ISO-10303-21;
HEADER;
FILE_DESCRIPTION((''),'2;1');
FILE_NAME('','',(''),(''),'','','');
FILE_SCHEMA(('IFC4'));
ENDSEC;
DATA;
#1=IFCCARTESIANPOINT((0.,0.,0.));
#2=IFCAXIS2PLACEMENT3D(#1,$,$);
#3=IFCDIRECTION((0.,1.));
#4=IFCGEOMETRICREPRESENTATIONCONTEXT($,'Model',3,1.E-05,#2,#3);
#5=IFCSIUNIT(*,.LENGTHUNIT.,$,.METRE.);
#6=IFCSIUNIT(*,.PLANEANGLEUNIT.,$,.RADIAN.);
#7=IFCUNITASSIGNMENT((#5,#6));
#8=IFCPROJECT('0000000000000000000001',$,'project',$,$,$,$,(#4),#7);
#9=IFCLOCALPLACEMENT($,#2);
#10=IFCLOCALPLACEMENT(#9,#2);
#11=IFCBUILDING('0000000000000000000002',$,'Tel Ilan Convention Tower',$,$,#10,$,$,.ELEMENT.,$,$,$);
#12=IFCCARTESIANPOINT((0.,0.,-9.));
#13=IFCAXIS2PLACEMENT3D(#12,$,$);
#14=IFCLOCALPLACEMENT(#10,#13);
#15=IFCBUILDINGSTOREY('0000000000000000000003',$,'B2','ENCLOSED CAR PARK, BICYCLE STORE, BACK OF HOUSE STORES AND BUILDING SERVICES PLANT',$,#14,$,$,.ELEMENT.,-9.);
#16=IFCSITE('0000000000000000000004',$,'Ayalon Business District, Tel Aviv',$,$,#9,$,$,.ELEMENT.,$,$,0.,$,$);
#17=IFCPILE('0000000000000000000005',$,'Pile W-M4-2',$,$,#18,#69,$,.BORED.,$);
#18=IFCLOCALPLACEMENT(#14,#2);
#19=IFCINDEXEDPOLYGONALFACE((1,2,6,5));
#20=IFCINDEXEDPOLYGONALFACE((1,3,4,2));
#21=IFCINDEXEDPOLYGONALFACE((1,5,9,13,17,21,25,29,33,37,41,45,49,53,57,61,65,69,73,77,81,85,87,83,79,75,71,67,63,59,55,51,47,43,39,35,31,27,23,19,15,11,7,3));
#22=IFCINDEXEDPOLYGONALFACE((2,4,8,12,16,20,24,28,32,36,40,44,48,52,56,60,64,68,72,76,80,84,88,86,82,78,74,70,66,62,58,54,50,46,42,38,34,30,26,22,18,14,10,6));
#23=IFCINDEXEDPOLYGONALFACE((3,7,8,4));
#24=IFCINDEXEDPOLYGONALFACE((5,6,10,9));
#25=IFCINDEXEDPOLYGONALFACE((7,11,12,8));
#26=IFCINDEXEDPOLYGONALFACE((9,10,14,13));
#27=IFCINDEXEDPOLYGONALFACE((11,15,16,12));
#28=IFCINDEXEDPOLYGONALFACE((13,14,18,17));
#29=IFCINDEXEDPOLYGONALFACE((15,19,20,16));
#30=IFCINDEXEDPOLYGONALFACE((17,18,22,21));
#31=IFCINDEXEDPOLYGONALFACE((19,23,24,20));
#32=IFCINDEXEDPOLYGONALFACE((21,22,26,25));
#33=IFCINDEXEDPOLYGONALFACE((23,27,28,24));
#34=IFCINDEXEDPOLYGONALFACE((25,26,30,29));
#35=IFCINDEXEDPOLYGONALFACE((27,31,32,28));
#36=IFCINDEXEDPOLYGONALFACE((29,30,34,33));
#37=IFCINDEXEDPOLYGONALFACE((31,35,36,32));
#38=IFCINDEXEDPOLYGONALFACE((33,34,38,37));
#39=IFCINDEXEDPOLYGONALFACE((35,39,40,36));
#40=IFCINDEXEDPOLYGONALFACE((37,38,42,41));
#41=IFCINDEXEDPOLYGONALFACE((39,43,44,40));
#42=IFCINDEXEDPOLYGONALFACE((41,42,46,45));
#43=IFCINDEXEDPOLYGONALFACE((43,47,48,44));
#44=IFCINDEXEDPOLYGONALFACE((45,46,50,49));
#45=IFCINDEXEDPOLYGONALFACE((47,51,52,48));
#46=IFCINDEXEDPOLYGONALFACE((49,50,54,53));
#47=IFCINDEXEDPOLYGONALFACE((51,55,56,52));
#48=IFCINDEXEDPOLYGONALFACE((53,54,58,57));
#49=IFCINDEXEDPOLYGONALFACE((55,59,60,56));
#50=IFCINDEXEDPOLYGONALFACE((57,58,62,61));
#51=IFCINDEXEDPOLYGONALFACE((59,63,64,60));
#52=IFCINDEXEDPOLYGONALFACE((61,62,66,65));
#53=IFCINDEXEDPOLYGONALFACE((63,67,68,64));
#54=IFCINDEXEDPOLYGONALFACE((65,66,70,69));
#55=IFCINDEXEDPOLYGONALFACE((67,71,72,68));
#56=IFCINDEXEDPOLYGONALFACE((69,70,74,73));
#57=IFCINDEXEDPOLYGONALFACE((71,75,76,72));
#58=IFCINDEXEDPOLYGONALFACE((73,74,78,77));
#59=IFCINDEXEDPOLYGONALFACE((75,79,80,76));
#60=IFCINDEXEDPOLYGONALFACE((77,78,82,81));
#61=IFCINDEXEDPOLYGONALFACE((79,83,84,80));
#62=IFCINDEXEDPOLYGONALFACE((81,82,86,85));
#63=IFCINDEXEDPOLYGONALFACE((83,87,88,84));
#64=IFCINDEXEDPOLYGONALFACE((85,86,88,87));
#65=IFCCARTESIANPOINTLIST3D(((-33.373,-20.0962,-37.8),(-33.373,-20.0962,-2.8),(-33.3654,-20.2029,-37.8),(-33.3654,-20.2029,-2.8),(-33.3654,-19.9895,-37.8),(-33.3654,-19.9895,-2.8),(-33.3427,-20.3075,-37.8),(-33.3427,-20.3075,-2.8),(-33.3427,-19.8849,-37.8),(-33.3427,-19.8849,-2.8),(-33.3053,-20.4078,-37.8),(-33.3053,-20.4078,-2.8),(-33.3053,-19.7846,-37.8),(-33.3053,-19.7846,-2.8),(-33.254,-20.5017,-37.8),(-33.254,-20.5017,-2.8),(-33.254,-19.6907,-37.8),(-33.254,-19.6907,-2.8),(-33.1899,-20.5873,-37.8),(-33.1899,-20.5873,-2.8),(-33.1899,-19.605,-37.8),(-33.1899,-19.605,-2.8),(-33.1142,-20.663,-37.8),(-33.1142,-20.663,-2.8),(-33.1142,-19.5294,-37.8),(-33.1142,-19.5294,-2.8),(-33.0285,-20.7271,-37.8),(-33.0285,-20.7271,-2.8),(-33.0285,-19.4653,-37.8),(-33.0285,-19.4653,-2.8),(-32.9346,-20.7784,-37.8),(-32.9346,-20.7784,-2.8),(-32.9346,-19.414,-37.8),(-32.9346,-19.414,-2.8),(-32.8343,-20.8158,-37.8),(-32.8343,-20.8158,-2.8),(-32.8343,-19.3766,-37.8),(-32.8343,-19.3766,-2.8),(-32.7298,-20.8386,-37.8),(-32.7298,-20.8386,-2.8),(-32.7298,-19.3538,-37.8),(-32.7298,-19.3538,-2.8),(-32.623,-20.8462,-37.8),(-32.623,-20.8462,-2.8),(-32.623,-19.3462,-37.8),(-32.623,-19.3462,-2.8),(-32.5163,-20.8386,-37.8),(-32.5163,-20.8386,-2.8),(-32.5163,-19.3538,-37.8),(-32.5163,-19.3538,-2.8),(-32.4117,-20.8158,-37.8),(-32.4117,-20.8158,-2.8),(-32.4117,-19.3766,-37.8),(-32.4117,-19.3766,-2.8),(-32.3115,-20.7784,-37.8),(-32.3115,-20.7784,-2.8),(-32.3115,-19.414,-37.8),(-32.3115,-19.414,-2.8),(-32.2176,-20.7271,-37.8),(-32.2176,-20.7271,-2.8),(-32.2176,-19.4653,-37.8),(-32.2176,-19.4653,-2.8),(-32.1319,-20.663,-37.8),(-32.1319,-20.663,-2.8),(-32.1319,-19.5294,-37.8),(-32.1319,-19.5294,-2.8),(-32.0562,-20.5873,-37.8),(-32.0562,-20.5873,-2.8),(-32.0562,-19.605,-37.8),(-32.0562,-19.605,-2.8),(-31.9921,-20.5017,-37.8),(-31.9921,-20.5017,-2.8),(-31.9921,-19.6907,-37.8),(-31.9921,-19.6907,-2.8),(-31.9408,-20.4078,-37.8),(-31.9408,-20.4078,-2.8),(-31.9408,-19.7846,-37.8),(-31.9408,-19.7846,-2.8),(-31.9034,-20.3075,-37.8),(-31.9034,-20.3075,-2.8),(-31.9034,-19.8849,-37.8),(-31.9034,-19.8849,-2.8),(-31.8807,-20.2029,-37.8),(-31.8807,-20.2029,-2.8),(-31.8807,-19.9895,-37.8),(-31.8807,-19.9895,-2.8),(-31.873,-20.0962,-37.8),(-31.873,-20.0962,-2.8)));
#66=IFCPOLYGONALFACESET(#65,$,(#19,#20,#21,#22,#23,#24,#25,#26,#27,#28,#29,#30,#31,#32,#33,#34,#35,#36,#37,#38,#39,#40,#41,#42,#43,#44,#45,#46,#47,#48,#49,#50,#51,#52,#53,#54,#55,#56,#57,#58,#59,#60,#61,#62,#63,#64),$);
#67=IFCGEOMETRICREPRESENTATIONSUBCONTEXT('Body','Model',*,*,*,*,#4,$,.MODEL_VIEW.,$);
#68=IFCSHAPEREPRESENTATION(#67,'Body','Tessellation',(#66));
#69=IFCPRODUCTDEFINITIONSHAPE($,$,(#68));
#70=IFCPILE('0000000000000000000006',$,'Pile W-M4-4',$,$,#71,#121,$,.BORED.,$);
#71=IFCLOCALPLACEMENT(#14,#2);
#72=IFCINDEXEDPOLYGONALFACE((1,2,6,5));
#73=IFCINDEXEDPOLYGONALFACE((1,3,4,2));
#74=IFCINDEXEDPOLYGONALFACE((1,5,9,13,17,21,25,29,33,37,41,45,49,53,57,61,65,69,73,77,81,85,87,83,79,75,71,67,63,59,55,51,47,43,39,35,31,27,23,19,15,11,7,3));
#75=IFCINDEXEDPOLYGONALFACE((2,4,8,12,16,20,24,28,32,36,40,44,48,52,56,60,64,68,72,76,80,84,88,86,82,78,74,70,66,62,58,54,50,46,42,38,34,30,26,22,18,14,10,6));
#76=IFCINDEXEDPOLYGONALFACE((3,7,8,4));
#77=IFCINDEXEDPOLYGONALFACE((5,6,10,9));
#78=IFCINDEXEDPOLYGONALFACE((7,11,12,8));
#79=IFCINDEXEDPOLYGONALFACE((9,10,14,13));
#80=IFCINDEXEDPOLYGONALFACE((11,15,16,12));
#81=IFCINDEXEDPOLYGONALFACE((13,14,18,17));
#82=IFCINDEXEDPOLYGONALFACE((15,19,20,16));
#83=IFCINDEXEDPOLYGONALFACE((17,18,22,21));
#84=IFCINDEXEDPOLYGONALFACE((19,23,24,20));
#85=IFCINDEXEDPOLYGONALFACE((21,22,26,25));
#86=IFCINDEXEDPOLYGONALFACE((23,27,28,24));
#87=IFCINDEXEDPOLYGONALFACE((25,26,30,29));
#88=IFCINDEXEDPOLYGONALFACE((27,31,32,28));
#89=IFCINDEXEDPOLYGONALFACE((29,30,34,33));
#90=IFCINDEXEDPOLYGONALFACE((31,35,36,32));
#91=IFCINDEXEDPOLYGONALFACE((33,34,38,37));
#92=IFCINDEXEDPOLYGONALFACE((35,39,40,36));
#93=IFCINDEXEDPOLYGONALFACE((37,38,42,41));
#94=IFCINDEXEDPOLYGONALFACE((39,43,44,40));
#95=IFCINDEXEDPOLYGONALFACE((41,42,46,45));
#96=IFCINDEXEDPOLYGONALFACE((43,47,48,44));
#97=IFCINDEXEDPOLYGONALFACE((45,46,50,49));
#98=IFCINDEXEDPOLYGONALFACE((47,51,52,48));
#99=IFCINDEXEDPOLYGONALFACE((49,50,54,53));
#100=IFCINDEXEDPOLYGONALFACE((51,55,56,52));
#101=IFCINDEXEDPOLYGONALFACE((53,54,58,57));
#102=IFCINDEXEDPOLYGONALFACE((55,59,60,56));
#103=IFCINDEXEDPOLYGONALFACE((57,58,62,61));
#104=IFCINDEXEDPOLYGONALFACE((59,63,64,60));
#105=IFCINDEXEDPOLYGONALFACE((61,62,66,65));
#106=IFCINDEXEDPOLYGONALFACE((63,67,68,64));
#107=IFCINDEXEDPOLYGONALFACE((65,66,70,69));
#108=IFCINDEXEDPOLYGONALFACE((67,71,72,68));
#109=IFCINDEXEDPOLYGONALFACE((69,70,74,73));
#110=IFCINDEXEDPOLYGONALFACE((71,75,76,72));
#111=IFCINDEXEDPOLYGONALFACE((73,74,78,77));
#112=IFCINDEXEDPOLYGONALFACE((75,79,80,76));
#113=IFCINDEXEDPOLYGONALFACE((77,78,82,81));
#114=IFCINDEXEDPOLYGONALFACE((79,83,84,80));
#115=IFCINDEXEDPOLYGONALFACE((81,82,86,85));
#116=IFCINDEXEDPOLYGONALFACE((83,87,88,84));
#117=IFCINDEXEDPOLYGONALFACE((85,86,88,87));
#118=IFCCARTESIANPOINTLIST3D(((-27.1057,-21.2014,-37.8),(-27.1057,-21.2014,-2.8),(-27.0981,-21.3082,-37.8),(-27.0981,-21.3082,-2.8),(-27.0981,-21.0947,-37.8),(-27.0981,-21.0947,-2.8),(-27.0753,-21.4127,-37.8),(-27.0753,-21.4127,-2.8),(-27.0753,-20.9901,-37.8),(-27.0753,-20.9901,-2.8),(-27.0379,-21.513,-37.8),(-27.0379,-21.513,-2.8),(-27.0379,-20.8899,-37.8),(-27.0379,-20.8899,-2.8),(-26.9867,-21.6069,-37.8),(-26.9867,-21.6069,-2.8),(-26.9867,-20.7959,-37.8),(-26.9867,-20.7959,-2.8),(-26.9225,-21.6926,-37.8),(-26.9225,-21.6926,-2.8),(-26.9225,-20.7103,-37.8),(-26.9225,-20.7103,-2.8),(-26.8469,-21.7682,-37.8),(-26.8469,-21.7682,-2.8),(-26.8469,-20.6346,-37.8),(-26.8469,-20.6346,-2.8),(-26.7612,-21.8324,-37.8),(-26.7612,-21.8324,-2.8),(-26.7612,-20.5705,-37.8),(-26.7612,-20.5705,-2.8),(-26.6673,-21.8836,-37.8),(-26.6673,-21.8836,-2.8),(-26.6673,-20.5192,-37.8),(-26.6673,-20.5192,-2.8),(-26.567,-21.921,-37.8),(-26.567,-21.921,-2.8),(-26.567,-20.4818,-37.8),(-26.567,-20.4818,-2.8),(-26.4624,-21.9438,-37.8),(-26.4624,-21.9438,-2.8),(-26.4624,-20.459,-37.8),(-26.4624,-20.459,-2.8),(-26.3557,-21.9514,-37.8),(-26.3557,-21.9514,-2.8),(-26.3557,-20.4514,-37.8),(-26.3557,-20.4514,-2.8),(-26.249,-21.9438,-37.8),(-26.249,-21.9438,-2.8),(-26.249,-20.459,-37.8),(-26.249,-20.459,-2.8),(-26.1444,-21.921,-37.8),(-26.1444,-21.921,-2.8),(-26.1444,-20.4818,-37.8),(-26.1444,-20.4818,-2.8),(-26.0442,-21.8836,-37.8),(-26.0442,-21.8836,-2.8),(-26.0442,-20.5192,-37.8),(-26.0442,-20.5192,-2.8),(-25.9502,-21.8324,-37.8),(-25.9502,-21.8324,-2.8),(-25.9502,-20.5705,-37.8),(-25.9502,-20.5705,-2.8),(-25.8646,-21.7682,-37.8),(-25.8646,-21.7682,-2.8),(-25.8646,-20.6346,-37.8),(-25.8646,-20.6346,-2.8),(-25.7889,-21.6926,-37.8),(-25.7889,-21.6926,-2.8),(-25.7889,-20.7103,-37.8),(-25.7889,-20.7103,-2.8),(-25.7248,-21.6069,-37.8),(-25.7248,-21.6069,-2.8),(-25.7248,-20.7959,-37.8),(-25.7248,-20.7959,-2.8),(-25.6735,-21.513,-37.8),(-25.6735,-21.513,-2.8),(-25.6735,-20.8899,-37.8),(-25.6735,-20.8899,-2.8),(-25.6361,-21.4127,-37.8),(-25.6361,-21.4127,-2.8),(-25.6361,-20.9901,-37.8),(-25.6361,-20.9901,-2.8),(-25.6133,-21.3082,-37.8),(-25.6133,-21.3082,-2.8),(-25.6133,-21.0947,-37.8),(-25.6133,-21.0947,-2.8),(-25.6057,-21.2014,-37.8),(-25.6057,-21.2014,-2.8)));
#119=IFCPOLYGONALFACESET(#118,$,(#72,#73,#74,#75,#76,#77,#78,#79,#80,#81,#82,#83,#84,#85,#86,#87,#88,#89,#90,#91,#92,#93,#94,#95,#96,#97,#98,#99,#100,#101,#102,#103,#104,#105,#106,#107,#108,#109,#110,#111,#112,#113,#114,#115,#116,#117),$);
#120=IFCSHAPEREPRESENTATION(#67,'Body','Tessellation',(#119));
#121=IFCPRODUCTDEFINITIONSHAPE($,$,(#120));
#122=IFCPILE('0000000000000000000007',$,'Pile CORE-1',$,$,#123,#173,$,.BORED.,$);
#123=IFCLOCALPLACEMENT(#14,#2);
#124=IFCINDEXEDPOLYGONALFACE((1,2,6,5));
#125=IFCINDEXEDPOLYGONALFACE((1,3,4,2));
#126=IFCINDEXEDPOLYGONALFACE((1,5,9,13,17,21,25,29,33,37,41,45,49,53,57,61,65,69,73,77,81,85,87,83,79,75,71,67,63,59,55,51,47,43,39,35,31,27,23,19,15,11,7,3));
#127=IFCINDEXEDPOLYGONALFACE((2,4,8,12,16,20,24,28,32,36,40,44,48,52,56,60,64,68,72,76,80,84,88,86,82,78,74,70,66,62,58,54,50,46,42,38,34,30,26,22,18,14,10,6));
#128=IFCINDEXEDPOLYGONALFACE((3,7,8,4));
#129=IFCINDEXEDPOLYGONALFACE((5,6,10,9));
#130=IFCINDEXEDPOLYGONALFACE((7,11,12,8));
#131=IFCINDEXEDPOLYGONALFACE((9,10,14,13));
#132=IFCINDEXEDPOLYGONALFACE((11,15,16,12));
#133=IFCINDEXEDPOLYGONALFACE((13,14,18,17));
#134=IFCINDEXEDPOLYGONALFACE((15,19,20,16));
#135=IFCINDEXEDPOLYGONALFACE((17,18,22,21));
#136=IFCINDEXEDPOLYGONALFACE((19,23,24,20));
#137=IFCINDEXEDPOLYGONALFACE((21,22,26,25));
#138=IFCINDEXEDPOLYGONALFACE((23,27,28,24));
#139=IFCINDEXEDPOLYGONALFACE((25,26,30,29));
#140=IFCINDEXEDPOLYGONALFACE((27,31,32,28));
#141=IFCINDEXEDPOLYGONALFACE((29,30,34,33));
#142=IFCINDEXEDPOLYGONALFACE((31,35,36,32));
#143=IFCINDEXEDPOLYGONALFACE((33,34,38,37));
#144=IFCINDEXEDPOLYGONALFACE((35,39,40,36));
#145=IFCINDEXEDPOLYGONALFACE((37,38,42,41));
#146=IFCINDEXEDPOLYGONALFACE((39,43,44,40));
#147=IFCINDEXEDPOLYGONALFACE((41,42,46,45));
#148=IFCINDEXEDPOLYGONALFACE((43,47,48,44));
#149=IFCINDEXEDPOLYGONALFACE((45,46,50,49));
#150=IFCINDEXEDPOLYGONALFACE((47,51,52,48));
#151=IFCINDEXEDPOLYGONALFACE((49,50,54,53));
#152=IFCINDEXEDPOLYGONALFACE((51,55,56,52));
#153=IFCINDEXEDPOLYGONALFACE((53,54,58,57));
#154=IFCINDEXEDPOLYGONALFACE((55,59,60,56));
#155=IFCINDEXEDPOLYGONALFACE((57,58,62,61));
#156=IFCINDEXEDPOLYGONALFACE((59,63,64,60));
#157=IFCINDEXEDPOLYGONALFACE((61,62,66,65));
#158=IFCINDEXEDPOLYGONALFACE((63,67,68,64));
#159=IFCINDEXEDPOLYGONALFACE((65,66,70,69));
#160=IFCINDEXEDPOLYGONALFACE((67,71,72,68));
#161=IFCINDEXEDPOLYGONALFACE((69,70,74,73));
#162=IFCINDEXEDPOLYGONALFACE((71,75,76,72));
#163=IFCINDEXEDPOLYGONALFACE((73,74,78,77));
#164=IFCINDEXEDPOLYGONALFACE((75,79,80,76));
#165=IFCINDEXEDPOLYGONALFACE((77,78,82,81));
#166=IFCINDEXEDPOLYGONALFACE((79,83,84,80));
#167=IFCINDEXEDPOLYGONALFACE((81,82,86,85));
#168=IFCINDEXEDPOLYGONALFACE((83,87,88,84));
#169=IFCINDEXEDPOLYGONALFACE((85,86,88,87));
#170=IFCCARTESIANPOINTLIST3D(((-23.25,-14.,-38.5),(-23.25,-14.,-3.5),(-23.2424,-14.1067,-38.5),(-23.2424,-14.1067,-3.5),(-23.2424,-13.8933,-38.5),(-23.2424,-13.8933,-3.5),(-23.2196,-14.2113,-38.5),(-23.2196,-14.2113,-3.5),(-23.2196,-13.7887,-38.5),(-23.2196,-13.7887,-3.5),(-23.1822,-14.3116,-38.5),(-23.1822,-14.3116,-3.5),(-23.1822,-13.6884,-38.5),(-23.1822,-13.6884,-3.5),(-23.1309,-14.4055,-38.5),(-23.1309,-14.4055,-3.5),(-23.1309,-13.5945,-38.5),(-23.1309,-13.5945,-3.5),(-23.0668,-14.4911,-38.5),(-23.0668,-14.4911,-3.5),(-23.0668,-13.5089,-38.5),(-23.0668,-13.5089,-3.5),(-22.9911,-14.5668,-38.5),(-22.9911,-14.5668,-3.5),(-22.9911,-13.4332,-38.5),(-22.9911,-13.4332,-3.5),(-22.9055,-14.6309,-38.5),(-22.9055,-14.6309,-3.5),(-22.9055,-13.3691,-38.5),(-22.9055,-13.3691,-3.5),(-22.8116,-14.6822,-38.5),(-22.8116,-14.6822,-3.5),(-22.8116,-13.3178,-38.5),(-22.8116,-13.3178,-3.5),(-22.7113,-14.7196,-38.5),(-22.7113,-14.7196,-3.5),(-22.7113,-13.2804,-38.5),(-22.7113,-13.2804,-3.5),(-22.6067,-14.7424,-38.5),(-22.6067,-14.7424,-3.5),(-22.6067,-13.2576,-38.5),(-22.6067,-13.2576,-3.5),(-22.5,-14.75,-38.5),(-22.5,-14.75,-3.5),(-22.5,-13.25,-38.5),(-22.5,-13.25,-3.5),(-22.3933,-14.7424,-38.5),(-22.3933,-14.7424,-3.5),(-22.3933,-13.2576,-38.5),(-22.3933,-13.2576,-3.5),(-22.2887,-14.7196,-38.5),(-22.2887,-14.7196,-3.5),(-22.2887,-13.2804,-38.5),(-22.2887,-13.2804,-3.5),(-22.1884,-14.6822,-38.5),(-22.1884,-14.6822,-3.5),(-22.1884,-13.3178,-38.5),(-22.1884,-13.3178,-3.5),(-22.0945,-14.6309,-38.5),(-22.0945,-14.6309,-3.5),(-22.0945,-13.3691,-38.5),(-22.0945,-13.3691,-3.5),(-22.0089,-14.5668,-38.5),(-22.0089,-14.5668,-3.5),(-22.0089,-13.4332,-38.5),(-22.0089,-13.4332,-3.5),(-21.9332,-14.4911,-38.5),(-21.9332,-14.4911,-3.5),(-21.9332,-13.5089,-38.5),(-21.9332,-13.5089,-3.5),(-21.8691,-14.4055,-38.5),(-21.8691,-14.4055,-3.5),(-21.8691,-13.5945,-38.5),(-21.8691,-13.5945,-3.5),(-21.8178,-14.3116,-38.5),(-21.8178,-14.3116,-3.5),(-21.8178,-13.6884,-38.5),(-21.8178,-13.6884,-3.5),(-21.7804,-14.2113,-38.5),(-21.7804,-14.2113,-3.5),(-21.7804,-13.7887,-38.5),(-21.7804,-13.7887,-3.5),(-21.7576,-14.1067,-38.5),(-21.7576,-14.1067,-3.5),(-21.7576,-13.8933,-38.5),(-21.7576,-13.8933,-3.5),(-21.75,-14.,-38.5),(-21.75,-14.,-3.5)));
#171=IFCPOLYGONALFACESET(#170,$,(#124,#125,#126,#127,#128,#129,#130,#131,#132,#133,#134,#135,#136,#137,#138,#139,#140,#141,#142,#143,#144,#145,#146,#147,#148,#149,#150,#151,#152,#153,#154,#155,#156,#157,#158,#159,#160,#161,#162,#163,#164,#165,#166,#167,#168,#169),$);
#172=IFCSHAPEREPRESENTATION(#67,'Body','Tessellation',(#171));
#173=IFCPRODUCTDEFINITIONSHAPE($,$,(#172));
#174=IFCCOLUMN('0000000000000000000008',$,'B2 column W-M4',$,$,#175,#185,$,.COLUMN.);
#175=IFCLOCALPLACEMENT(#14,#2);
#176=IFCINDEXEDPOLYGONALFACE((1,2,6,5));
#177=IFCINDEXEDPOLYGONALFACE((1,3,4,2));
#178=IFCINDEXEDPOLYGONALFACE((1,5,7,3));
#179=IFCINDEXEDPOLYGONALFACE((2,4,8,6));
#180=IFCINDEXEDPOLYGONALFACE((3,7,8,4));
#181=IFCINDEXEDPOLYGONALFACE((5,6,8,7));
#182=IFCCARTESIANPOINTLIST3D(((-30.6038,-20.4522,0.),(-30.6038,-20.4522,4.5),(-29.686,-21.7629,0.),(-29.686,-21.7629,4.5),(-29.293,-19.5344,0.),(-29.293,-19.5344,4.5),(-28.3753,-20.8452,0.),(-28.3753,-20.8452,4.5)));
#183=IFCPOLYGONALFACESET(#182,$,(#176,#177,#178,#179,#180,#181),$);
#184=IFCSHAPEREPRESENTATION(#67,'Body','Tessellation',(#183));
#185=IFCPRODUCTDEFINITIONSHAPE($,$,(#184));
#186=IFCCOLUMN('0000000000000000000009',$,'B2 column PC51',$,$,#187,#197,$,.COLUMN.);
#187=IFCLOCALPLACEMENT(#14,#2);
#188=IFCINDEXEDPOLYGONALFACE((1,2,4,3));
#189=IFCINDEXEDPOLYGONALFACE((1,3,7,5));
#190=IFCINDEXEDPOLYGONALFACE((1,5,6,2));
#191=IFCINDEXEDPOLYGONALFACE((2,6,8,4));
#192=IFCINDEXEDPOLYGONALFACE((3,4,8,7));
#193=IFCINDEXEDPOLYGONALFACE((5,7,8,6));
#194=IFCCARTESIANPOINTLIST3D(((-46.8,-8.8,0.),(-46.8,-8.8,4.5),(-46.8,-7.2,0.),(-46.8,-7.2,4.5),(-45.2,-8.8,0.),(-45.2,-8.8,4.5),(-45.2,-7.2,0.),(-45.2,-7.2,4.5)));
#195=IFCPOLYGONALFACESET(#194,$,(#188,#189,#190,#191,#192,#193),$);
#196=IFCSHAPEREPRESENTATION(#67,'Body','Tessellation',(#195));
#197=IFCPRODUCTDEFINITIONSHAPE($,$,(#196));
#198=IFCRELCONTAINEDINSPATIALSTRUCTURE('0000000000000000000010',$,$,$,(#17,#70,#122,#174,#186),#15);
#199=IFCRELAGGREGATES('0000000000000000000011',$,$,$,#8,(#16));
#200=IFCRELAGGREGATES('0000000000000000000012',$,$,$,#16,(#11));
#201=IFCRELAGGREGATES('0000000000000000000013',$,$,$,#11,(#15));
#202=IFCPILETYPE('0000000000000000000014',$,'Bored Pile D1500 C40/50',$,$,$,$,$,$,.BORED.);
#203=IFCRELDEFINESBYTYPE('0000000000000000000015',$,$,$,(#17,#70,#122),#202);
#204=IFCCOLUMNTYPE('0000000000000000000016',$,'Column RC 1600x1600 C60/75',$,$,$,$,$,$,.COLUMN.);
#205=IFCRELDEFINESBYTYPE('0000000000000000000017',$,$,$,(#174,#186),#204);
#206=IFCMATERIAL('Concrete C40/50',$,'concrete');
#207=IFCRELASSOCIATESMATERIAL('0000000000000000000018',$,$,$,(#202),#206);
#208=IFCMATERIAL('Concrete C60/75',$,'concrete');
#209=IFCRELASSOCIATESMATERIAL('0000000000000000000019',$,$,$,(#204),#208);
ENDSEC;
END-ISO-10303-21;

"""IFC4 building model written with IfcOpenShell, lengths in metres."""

from ifc_helpers import new_model, si_unit, direction, frame, origin, origin_2d, place, context, subcontext, project, spatial, rectangle, circle, extrude, material, material_profile, profile_set, type_object, element, save


model = new_model("IFC4")

# Units and contexts
model_context = context("Model", 3, precision=1e-05, world=origin(), true_north=direction((0.0, 1.0)))
body_context = subcontext(model_context, "Body", "Model", "MODEL_VIEW")
ifc_project = project(units=[si_unit("LENGTHUNIT", "METRE"), si_unit("PLANEANGLEUNIT", "RADIAN")], contexts=[model_context])

# Site, building, storey
site_placement = place(None, origin())
site = spatial("IfcSite", under=ifc_project, at=site_placement, Name="Ayalon Business District, Tel Aviv", CompositionType="ELEMENT", RefElevation=0.0)
building_placement = place(site_placement, origin())
building = spatial("IfcBuilding", under=site, at=building_placement, Name="Tel Ilan Convention Tower", CompositionType="ELEMENT")
storey_placement = place(building_placement, frame((0.0, 0.0, -9.0)))
storey = spatial("IfcBuildingStorey", under=building, at=storey_placement, Name="B2", Description="ENCLOSED CAR PARK, BICYCLE STORE, BACK OF HOUSE STORES AND BUILDING SERVICES PLANT", CompositionType="ELEMENT", Elevation=-9.0)

# Piles
ifc_material_1 = material(Name="Concrete C40/50", Category="concrete")
ifc_material_profile_1 = material_profile(ifc_material_1, circle(Radius=0.75, at=origin_2d()), Name="BORED D1500")
ifc_profile_set_1 = profile_set([ifc_material_profile_1], Name="Concrete C40/50")
pile_type_1 = type_object("IfcPileType", Name="Bored Pile D1500 C40/50", PredefinedType="BORED", material=ifc_profile_set_1)
for number, where, z_axis, x_axis, name in (
    (1, (-32.623, -20.0962, -2.8), (0.0, 0.0, -1.0), (1.0, 0.0, 0.0), "Pile W-M4-2"),
    (2, (-26.3557, -21.2014, -2.8), (0.0, 0.0, -1.0), (1.0, 0.0, 0.0), "Pile W-M4-4"),
    (3, (-22.5, -14.0, -3.5), (0.0, 0.0, -1.0), (1.0, 0.0, 0.0), "Pile CORE-1"),
):
    element("IfcPile", number, at=place(storey_placement, frame(where, z_axis=z_axis, x_axis=x_axis)), inside=storey, type_object=pile_type_1, Name=name, PredefinedType="BORED", context=body_context, shape_type="SweptSolid", body=[
        extrude(circle(Radius=0.75, at=origin_2d()), origin(), (0.0, 0.0, 1.0), 35.0),
    ])

# Columns
ifc_material_2 = material(Name="Concrete C60/75", Category="concrete")
ifc_material_profile_2 = material_profile(ifc_material_2, rectangle(XDim=1.6001, YDim=1.6001, at=origin_2d()), Name="RC 1600x1600")
ifc_profile_set_2 = profile_set([ifc_material_profile_2], Name="Concrete C60/75")
column_type_1 = type_object("IfcColumnType", Name="Column RC 1600x1600 C60/75", PredefinedType="COLUMN", material=ifc_profile_set_2)
for number, where, z_axis, x_axis, name in (
    (4, (-29.4895, -20.6487, 0.0), (0.0, 0.0, 1.0), (-0.819152, -0.573576, 0.0), "B2 column W-M4"),
    (5, (-46.0, -8.0, 0.0), (0.0, 0.0, 1.0), (1.0, 0.0, 0.0), "B2 column PC51"),
):
    element("IfcColumn", number, at=place(storey_placement, frame(where, z_axis=z_axis, x_axis=x_axis)), inside=storey, type_object=column_type_1, Name=name, PredefinedType="COLUMN", context=body_context, shape_type="SweptSolid", body=[
        extrude(rectangle(XDim=1.6001, YDim=1.6001, at=origin_2d()), origin(), (0.0, 0.0, 1.0), 4.5),
    ])

save(model, "model.ifc")
